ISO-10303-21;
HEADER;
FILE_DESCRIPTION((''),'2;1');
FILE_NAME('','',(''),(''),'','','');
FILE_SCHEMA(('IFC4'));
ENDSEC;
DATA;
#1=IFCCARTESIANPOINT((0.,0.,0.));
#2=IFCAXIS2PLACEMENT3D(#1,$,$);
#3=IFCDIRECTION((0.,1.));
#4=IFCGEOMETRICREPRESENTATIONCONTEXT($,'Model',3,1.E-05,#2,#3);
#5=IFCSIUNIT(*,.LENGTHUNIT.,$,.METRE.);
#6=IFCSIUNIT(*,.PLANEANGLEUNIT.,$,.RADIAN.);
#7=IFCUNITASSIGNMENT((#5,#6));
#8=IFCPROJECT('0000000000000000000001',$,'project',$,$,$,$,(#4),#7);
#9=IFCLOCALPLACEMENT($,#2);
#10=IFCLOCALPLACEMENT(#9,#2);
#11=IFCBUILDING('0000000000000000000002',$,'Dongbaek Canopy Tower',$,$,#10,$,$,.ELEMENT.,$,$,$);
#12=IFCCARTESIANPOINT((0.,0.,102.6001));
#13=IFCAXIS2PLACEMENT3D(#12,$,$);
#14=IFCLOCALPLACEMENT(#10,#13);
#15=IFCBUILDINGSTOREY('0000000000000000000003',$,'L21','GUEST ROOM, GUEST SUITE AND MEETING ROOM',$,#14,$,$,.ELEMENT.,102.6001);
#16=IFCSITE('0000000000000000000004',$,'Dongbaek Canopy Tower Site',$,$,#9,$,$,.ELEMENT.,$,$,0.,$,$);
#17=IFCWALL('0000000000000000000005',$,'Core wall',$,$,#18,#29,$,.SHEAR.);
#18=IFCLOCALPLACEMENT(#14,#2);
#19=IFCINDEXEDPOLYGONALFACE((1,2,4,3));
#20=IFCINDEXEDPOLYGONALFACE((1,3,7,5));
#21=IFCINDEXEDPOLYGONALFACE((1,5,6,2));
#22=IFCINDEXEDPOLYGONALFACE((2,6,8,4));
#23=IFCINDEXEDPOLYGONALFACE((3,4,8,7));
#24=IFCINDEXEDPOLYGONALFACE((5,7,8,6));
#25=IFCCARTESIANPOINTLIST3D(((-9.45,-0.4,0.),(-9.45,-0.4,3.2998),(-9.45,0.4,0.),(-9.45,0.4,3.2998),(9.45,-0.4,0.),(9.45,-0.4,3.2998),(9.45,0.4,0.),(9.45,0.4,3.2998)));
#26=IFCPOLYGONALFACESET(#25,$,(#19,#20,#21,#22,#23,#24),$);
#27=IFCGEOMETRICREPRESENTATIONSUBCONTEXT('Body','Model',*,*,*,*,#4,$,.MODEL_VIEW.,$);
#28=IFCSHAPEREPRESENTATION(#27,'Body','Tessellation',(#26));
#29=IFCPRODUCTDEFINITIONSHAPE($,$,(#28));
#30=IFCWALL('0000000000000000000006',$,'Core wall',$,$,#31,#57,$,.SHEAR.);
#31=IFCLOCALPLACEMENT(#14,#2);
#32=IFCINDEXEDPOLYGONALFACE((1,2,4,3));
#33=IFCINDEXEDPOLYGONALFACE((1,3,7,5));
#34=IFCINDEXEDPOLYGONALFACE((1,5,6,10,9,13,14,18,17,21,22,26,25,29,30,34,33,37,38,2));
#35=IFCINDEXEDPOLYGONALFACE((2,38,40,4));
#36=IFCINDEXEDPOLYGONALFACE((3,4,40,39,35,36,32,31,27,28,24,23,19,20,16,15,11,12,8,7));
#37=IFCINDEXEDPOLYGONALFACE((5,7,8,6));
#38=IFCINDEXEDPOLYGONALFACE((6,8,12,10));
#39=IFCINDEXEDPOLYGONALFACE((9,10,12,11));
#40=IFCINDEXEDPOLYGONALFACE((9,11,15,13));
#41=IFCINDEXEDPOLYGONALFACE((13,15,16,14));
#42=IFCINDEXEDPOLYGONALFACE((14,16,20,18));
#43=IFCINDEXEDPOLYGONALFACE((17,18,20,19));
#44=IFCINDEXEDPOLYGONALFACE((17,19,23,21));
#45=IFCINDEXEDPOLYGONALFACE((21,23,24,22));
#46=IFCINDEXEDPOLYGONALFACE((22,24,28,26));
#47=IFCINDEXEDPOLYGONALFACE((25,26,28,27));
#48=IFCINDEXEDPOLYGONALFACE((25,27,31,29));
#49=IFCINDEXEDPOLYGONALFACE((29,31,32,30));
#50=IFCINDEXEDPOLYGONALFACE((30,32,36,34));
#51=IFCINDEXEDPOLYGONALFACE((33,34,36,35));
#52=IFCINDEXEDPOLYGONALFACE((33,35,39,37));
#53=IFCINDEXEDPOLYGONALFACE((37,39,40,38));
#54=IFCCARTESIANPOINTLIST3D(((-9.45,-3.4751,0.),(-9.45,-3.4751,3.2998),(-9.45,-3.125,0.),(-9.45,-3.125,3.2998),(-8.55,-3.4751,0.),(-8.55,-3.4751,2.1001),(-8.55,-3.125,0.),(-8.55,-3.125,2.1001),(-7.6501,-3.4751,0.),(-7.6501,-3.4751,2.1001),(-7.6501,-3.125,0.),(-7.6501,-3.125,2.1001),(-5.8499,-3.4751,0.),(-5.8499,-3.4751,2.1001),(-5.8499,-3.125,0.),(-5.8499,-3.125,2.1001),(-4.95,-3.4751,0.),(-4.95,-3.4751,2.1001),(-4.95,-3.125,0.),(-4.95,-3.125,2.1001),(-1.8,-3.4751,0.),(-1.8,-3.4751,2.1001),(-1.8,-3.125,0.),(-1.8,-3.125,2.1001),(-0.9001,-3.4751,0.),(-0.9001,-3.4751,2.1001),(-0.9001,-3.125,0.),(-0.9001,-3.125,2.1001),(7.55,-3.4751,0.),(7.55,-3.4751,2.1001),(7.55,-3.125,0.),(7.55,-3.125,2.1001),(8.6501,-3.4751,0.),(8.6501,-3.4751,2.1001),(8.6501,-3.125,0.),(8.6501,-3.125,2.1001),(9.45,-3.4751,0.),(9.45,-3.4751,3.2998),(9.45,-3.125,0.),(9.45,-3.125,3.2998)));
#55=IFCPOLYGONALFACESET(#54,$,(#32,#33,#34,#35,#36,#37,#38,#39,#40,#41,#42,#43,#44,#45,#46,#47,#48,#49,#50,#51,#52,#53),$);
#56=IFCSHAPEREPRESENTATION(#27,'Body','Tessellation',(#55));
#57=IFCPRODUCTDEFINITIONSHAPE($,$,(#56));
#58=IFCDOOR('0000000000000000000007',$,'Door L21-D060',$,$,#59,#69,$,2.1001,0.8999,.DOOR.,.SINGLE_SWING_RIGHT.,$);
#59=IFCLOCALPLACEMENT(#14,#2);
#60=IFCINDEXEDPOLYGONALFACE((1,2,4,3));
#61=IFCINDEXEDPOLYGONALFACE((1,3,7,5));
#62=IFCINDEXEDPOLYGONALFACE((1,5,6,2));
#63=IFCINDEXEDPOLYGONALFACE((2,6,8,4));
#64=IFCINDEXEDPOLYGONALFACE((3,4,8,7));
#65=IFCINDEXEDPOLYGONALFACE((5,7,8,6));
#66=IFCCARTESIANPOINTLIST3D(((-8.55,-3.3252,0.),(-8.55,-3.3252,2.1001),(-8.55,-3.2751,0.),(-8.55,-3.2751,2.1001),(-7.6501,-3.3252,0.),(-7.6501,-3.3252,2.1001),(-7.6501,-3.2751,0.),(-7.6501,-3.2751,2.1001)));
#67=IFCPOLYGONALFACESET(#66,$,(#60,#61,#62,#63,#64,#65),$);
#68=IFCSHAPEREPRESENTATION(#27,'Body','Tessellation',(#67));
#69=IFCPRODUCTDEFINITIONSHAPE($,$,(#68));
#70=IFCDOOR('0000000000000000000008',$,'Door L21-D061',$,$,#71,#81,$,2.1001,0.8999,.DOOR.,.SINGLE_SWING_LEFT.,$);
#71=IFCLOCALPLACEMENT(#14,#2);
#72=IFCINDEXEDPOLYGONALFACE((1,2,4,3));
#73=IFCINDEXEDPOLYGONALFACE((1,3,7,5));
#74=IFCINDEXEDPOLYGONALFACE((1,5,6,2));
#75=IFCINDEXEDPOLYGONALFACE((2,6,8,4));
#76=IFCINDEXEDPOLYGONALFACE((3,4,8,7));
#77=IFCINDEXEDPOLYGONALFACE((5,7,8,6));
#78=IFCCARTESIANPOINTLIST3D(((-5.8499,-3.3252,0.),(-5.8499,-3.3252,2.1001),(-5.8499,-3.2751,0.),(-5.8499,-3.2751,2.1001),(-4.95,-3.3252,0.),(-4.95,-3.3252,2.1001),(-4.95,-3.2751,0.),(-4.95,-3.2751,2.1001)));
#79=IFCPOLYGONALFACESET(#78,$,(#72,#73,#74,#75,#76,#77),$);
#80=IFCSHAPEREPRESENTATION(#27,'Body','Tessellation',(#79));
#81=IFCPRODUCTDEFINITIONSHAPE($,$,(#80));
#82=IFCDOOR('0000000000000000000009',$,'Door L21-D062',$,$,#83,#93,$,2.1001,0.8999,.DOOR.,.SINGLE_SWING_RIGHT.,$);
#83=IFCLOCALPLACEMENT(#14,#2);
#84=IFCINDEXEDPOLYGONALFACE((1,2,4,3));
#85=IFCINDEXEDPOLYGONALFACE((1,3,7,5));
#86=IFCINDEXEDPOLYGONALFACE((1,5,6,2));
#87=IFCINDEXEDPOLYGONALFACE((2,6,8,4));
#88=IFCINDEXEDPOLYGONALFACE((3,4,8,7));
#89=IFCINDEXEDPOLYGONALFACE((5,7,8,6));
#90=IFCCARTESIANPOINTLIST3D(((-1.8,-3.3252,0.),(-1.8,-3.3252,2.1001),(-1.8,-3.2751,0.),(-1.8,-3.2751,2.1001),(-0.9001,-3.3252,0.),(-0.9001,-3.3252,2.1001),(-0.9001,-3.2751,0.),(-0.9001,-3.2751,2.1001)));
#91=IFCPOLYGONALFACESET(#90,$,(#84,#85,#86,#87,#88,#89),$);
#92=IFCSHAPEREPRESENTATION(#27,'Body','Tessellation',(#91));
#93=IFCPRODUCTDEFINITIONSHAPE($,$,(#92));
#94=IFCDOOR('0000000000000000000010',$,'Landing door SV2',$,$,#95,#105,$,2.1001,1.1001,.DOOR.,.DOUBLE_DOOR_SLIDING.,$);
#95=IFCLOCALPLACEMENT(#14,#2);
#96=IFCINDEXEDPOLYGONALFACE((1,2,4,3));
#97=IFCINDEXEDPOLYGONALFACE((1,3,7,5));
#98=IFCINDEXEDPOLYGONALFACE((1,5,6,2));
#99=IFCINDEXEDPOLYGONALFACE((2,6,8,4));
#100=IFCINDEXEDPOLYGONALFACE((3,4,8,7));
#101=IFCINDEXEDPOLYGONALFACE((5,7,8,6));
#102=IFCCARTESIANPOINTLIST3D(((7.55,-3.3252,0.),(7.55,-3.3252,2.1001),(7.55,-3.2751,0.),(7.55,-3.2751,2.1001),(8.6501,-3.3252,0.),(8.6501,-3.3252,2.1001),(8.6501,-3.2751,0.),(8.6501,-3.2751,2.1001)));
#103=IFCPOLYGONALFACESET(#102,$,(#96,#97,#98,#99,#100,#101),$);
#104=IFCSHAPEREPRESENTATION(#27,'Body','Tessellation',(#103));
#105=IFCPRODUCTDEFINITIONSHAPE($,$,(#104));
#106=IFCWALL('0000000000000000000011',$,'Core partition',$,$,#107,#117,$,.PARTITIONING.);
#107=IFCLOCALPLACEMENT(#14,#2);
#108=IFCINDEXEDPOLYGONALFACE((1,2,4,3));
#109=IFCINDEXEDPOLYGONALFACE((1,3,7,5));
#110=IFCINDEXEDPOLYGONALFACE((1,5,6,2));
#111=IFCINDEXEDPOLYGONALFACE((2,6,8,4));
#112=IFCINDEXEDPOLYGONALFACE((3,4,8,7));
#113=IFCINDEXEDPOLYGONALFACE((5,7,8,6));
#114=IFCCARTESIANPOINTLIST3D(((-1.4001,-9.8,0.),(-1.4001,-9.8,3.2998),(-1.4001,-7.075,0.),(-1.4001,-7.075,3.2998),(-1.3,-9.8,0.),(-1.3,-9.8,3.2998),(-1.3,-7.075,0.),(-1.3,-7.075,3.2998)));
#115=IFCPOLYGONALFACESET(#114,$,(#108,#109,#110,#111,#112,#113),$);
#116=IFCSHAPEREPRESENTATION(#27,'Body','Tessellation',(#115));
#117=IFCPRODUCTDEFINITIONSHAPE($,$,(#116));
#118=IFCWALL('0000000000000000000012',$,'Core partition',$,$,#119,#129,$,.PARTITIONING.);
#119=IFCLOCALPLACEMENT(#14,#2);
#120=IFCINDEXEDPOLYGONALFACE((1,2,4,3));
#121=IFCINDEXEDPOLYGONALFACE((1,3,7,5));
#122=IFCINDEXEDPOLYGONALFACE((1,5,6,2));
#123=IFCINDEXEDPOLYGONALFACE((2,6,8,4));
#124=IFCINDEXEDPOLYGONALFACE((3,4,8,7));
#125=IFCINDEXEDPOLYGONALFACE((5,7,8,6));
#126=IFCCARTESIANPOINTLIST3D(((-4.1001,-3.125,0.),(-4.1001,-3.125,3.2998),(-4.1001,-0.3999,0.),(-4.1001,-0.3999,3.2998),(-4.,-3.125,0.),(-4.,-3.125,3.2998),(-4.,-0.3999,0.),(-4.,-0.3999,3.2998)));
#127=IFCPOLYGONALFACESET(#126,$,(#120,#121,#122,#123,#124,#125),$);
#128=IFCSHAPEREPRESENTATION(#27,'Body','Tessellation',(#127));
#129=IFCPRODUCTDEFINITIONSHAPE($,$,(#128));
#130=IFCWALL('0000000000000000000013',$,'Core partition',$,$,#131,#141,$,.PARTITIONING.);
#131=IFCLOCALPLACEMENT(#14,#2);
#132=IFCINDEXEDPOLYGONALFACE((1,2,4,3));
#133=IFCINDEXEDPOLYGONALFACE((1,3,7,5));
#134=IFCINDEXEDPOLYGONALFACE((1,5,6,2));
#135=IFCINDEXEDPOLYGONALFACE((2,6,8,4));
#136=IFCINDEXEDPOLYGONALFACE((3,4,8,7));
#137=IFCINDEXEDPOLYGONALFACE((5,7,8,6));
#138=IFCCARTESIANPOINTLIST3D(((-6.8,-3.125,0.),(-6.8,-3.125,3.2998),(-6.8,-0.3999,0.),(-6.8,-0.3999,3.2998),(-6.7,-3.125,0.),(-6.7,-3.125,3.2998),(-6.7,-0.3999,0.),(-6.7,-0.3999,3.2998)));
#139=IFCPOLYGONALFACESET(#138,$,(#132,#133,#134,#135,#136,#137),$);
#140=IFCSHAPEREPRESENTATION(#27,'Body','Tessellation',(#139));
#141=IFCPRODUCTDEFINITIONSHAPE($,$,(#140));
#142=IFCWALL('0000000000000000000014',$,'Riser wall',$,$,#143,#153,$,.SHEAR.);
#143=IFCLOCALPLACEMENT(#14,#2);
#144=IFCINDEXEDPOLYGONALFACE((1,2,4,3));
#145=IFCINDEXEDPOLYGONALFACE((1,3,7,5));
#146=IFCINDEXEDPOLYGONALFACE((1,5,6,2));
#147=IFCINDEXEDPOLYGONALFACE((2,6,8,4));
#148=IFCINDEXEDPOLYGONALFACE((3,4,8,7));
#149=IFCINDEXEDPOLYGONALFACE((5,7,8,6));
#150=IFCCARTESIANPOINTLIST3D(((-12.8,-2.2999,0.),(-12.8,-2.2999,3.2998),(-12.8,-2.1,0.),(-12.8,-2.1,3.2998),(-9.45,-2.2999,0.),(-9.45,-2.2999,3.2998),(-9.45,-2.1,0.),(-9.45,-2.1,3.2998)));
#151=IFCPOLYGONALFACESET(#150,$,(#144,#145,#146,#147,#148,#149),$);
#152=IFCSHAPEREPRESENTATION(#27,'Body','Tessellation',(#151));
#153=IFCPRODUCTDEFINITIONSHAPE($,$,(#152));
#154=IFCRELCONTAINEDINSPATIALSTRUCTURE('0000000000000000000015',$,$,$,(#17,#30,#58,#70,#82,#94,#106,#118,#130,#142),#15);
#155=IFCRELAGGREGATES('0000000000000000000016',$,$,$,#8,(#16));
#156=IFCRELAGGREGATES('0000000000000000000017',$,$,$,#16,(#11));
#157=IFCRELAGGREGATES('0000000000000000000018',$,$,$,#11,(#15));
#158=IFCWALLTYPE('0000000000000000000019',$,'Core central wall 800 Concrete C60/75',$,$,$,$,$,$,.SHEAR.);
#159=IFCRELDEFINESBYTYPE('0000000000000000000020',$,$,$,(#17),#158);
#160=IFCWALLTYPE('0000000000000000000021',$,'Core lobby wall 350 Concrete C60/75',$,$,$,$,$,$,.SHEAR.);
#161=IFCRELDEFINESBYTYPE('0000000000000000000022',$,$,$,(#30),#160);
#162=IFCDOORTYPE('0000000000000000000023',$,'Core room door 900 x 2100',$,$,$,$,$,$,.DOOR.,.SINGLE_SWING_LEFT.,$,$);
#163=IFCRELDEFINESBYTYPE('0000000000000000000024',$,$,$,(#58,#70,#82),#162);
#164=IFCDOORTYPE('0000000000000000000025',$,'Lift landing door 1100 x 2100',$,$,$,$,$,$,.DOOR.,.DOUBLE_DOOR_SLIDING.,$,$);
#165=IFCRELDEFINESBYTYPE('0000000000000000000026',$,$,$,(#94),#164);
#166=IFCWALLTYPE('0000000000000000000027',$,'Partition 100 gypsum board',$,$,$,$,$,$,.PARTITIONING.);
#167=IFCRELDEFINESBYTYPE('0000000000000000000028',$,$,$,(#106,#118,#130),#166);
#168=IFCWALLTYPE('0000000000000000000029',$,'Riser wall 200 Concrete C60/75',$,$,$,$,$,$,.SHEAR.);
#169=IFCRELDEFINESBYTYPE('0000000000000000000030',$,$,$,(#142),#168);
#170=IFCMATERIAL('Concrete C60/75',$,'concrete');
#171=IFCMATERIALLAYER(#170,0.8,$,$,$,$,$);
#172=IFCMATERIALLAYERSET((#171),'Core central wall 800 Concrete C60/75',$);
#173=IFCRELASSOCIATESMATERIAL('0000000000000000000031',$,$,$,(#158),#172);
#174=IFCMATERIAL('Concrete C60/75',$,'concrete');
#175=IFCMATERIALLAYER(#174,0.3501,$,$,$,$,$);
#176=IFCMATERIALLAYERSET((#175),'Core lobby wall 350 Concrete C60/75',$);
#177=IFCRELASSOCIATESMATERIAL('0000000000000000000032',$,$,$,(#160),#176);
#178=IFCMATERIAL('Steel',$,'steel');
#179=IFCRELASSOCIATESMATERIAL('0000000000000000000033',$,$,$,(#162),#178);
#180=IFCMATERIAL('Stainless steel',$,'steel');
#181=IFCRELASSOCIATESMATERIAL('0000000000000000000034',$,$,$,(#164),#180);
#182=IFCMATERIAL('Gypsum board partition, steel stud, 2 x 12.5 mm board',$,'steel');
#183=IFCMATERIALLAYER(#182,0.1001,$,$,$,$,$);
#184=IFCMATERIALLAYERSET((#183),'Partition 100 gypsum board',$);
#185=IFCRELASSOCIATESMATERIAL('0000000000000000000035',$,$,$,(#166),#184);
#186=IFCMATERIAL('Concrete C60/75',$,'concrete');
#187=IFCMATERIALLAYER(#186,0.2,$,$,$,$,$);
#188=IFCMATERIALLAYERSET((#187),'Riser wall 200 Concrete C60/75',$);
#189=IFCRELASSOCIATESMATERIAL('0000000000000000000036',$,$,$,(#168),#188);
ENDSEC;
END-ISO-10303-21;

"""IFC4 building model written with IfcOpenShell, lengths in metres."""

from ifc_helpers import new_model, si_unit, direction, frame, frame_2d, origin, place, context, subcontext, project, spatial, rectangle, extrude, material, layer, layer_set, type_object, element, fill, save


model = new_model("IFC4")

# Units and contexts
model_context = context("Model", 3, precision=1e-05, world=origin(), true_north=direction((0.0, 1.0)))
body_context = subcontext(model_context, "Body", "Model", "MODEL_VIEW")
ifc_project = project(units=[si_unit("LENGTHUNIT", "METRE"), si_unit("PLANEANGLEUNIT", "RADIAN")], contexts=[model_context])

# Site, building, storey
site_placement = place(None, origin())
site = spatial("IfcSite", under=ifc_project, at=site_placement, Name="Dongbaek Canopy Tower Site", CompositionType="ELEMENT", RefElevation=0.0)
building_placement = place(site_placement, origin())
building = spatial("IfcBuilding", under=site, at=building_placement, Name="Dongbaek Canopy Tower", CompositionType="ELEMENT")
storey_placement = place(building_placement, frame((0.0, 0.0, 102.6001)))
storey = spatial("IfcBuildingStorey", under=building, at=storey_placement, Name="L21", Description="GUEST ROOM, GUEST SUITE AND MEETING ROOM", CompositionType="ELEMENT", Elevation=102.6001)

# Wall
ifc_material_1 = material(Name="Concrete C60/75", Category="concrete")
ifc_layer_1 = layer(ifc_material_1, 0.8)
ifc_layer_set_1 = layer_set([ifc_layer_1], Name="Core central wall 800 Concrete C60/75")
wall_type_1 = type_object("IfcWallType", Name="Core central wall 800 Concrete C60/75", PredefinedType="SHEAR", material=ifc_layer_set_1)
wall_1_placement = place(storey_placement, frame((-9.45, 0.0, 0.0), z_axis=(0.0, 0.0, 1.0), x_axis=(1.0, 0.0, 0.0)))
element("IfcWall", 1, at=wall_1_placement, inside=storey, type_object=wall_type_1, Name="Core wall", PredefinedType="SHEAR", context=body_context, shape_type="SweptSolid", body=[
    extrude(rectangle(XDim=18.8999, YDim=0.8, at=frame_2d((9.45, 0.0))), origin(), (0.0, 0.0, 1.0), 3.2998),
])

# Wall, openings, doors
ifc_material_2 = material(Name="Concrete C60/75", Category="concrete")
ifc_layer_2 = layer(ifc_material_2, 0.3501)
ifc_layer_set_2 = layer_set([ifc_layer_2], Name="Core lobby wall 350 Concrete C60/75")
wall_type_2 = type_object("IfcWallType", Name="Core lobby wall 350 Concrete C60/75", PredefinedType="SHEAR", material=ifc_layer_set_2)
wall_2_placement = place(storey_placement, frame((-9.45, -3.3, 0.0), z_axis=(0.0, 0.0, 1.0), x_axis=(1.0, 0.0, 0.0)))
wall_2 = element("IfcWall", 2, at=wall_2_placement, inside=storey, type_object=wall_type_2, Name="Core wall", PredefinedType="SHEAR", context=body_context, shape_type="SweptSolid", body=[
    extrude(rectangle(XDim=18.8999, YDim=0.3501, at=frame_2d((9.45, 0.0))), origin(), (0.0, 0.0, 1.0), 3.2998),
])
opening_1_placement = place(wall_2_placement, frame((17.0, 0.0, 0.0)))
opening_1 = element("IfcOpeningElement", 3, at=opening_1_placement, cuts=wall_2, PredefinedType="OPENING", context=body_context, shape_type="SweptSolid", body=[
    extrude(rectangle(XDim=1.1001, YDim=2.1001, at=frame_2d((0.55, 1.05))), frame((0.0, 0.1851, 0.0), z_axis=(0.0, -1.0, 0.0), x_axis=(1.0, 0.0, 0.0)), (0.0, 0.0, 1.0), 0.3701),
])
opening_2_placement = place(wall_2_placement, frame((0.8999, 0.0, 0.0)))
opening_2 = element("IfcOpeningElement", 4, at=opening_2_placement, cuts=wall_2, PredefinedType="OPENING", context=body_context, shape_type="SweptSolid", body=[
    extrude(rectangle(XDim=0.8999, YDim=2.1001, at=frame_2d((0.45, 1.05))), frame((0.0, 0.1851, 0.0), z_axis=(0.0, -1.0, 0.0), x_axis=(1.0, 0.0, 0.0)), (0.0, 0.0, 1.0), 0.3701),
])
opening_3_placement = place(wall_2_placement, frame((3.6001, 0.0, 0.0)))
opening_3 = element("IfcOpeningElement", 5, at=opening_3_placement, cuts=wall_2, PredefinedType="OPENING", context=body_context, shape_type="SweptSolid", body=[
    extrude(rectangle(XDim=0.8999, YDim=2.1001, at=frame_2d((0.45, 1.05))), frame((0.0, 0.1851, 0.0), z_axis=(0.0, -1.0, 0.0), x_axis=(1.0, 0.0, 0.0)), (0.0, 0.0, 1.0), 0.3701),
])
opening_4_placement = place(wall_2_placement, frame((7.6499, 0.0, 0.0)))
opening_4 = element("IfcOpeningElement", 6, at=opening_4_placement, cuts=wall_2, PredefinedType="OPENING", context=body_context, shape_type="SweptSolid", body=[
    extrude(rectangle(XDim=0.8999, YDim=2.1001, at=frame_2d((0.45, 1.05))), frame((0.0, 0.1851, 0.0), z_axis=(0.0, -1.0, 0.0), x_axis=(1.0, 0.0, 0.0)), (0.0, 0.0, 1.0), 0.3701),
])
ifc_material_3 = material(Name="Steel", Category="steel")
door_type_1 = type_object("IfcDoorType", Name="Core room door 900 x 2100", OperationType="SINGLE_SWING_LEFT", PredefinedType="DOOR", material=ifc_material_3)
door_1_placement = place(opening_2_placement, origin())
door_1 = element("IfcDoor", 7, at=door_1_placement, inside=storey, type_object=door_type_1, Name="Door L21-D060", OperationType="SINGLE_SWING_RIGHT", OverallHeight=2.1001, OverallWidth=0.8999, PredefinedType="DOOR", context=body_context, shape_type="SweptSolid", body=[
    extrude(rectangle(XDim=0.8999, YDim=2.1001, at=frame_2d((0.45, 1.05))), frame((0.0, 0.0249, 0.0), z_axis=(0.0, -1.0, 0.0), x_axis=(1.0, 0.0, 0.0)), (0.0, 0.0, 1.0), 0.05),
])
fill(opening_2, door_1)
door_2_placement = place(opening_3_placement, origin())
door_2 = element("IfcDoor", 8, at=door_2_placement, inside=storey, type_object=door_type_1, Name="Door L21-D061", OperationType="SINGLE_SWING_LEFT", OverallHeight=2.1001, OverallWidth=0.8999, PredefinedType="DOOR", context=body_context, shape_type="SweptSolid", body=[
    extrude(rectangle(XDim=0.8999, YDim=2.1001, at=frame_2d((0.45, 1.05))), frame((0.0, 0.0249, 0.0), z_axis=(0.0, -1.0, 0.0), x_axis=(1.0, 0.0, 0.0)), (0.0, 0.0, 1.0), 0.05),
])
fill(opening_3, door_2)
door_3_placement = place(opening_4_placement, origin())
door_3 = element("IfcDoor", 9, at=door_3_placement, inside=storey, type_object=door_type_1, Name="Door L21-D062", OperationType="SINGLE_SWING_RIGHT", OverallHeight=2.1001, OverallWidth=0.8999, PredefinedType="DOOR", context=body_context, shape_type="SweptSolid", body=[
    extrude(rectangle(XDim=0.8999, YDim=2.1001, at=frame_2d((0.45, 1.05))), frame((0.0, 0.0249, 0.0), z_axis=(0.0, -1.0, 0.0), x_axis=(1.0, 0.0, 0.0)), (0.0, 0.0, 1.0), 0.05),
])
fill(opening_4, door_3)
ifc_material_4 = material(Name="Stainless steel", Category="steel")
door_type_2 = type_object("IfcDoorType", Name="Lift landing door 1100 x 2100", OperationType="DOUBLE_DOOR_SLIDING", PredefinedType="DOOR", material=ifc_material_4)
door_4_placement = place(opening_1_placement, origin())
door_4 = element("IfcDoor", 10, at=door_4_placement, inside=storey, type_object=door_type_2, Name="Landing door SV2", OperationType="DOUBLE_DOOR_SLIDING", OverallHeight=2.1001, OverallWidth=1.1001, PredefinedType="DOOR", context=body_context, shape_type="SweptSolid", body=[
    extrude(rectangle(XDim=1.1001, YDim=2.1001, at=frame_2d((0.55, 1.05))), frame((0.0, 0.0249, 0.0), z_axis=(0.0, -1.0, 0.0), x_axis=(1.0, 0.0, 0.0)), (0.0, 0.0, 1.0), 0.05),
])
fill(opening_1, door_4)

# Walls
ifc_material_5 = material(Name="Gypsum board partition, steel stud, 2 x 12.5 mm board", Category="steel")
ifc_layer_3 = layer(ifc_material_5, 0.1001)
ifc_layer_set_3 = layer_set([ifc_layer_3], Name="Partition 100 gypsum board")
wall_type_3 = type_object("IfcWallType", Name="Partition 100 gypsum board", PredefinedType="PARTITIONING", material=ifc_layer_set_3)
for number, where, z_axis, x_axis, name in (
    (11, (-1.3501, -9.8, 0.0), (0.0, 0.0, 1.0), (0.0, 1.0, 0.0), "Core partition"),
    (12, (-4.05, -3.125, 0.0), (0.0, 0.0, 1.0), (0.0, 1.0, 0.0), "Core partition"),
    (13, (-6.75, -3.125, 0.0), (0.0, 0.0, 1.0), (0.0, 1.0, 0.0), "Core partition"),
):
    element("IfcWall", number, at=place(storey_placement, frame(where, z_axis=z_axis, x_axis=x_axis)), inside=storey, type_object=wall_type_3, Name=name, PredefinedType="PARTITIONING", context=body_context, shape_type="SweptSolid", body=[
        extrude(rectangle(XDim=2.7251, YDim=0.1001, at=frame_2d((1.3625, 0.0))), origin(), (0.0, 0.0, 1.0), 3.2998),
    ])
ifc_material_6 = material(Name="Concrete C60/75", Category="concrete")
ifc_layer_4 = layer(ifc_material_6, 0.2)
ifc_layer_set_4 = layer_set([ifc_layer_4], Name="Riser wall 200 Concrete C60/75")
wall_type_4 = type_object("IfcWallType", Name="Riser wall 200 Concrete C60/75", PredefinedType="SHEAR", material=ifc_layer_set_4)
wall_3_placement = place(storey_placement, frame((-9.45, -2.2, 0.0), z_axis=(0.0, 0.0, 1.0), x_axis=(-1.0, 0.0, 0.0)))
element("IfcWall", 14, at=wall_3_placement, inside=storey, type_object=wall_type_4, Name="Riser wall", PredefinedType="SHEAR", context=body_context, shape_type="SweptSolid", body=[
    extrude(rectangle(XDim=3.3501, YDim=0.2, at=frame_2d((1.675, 0.0))), origin(), (0.0, 0.0, 1.0), 3.2998),
])

save(model, "model.ifc")
